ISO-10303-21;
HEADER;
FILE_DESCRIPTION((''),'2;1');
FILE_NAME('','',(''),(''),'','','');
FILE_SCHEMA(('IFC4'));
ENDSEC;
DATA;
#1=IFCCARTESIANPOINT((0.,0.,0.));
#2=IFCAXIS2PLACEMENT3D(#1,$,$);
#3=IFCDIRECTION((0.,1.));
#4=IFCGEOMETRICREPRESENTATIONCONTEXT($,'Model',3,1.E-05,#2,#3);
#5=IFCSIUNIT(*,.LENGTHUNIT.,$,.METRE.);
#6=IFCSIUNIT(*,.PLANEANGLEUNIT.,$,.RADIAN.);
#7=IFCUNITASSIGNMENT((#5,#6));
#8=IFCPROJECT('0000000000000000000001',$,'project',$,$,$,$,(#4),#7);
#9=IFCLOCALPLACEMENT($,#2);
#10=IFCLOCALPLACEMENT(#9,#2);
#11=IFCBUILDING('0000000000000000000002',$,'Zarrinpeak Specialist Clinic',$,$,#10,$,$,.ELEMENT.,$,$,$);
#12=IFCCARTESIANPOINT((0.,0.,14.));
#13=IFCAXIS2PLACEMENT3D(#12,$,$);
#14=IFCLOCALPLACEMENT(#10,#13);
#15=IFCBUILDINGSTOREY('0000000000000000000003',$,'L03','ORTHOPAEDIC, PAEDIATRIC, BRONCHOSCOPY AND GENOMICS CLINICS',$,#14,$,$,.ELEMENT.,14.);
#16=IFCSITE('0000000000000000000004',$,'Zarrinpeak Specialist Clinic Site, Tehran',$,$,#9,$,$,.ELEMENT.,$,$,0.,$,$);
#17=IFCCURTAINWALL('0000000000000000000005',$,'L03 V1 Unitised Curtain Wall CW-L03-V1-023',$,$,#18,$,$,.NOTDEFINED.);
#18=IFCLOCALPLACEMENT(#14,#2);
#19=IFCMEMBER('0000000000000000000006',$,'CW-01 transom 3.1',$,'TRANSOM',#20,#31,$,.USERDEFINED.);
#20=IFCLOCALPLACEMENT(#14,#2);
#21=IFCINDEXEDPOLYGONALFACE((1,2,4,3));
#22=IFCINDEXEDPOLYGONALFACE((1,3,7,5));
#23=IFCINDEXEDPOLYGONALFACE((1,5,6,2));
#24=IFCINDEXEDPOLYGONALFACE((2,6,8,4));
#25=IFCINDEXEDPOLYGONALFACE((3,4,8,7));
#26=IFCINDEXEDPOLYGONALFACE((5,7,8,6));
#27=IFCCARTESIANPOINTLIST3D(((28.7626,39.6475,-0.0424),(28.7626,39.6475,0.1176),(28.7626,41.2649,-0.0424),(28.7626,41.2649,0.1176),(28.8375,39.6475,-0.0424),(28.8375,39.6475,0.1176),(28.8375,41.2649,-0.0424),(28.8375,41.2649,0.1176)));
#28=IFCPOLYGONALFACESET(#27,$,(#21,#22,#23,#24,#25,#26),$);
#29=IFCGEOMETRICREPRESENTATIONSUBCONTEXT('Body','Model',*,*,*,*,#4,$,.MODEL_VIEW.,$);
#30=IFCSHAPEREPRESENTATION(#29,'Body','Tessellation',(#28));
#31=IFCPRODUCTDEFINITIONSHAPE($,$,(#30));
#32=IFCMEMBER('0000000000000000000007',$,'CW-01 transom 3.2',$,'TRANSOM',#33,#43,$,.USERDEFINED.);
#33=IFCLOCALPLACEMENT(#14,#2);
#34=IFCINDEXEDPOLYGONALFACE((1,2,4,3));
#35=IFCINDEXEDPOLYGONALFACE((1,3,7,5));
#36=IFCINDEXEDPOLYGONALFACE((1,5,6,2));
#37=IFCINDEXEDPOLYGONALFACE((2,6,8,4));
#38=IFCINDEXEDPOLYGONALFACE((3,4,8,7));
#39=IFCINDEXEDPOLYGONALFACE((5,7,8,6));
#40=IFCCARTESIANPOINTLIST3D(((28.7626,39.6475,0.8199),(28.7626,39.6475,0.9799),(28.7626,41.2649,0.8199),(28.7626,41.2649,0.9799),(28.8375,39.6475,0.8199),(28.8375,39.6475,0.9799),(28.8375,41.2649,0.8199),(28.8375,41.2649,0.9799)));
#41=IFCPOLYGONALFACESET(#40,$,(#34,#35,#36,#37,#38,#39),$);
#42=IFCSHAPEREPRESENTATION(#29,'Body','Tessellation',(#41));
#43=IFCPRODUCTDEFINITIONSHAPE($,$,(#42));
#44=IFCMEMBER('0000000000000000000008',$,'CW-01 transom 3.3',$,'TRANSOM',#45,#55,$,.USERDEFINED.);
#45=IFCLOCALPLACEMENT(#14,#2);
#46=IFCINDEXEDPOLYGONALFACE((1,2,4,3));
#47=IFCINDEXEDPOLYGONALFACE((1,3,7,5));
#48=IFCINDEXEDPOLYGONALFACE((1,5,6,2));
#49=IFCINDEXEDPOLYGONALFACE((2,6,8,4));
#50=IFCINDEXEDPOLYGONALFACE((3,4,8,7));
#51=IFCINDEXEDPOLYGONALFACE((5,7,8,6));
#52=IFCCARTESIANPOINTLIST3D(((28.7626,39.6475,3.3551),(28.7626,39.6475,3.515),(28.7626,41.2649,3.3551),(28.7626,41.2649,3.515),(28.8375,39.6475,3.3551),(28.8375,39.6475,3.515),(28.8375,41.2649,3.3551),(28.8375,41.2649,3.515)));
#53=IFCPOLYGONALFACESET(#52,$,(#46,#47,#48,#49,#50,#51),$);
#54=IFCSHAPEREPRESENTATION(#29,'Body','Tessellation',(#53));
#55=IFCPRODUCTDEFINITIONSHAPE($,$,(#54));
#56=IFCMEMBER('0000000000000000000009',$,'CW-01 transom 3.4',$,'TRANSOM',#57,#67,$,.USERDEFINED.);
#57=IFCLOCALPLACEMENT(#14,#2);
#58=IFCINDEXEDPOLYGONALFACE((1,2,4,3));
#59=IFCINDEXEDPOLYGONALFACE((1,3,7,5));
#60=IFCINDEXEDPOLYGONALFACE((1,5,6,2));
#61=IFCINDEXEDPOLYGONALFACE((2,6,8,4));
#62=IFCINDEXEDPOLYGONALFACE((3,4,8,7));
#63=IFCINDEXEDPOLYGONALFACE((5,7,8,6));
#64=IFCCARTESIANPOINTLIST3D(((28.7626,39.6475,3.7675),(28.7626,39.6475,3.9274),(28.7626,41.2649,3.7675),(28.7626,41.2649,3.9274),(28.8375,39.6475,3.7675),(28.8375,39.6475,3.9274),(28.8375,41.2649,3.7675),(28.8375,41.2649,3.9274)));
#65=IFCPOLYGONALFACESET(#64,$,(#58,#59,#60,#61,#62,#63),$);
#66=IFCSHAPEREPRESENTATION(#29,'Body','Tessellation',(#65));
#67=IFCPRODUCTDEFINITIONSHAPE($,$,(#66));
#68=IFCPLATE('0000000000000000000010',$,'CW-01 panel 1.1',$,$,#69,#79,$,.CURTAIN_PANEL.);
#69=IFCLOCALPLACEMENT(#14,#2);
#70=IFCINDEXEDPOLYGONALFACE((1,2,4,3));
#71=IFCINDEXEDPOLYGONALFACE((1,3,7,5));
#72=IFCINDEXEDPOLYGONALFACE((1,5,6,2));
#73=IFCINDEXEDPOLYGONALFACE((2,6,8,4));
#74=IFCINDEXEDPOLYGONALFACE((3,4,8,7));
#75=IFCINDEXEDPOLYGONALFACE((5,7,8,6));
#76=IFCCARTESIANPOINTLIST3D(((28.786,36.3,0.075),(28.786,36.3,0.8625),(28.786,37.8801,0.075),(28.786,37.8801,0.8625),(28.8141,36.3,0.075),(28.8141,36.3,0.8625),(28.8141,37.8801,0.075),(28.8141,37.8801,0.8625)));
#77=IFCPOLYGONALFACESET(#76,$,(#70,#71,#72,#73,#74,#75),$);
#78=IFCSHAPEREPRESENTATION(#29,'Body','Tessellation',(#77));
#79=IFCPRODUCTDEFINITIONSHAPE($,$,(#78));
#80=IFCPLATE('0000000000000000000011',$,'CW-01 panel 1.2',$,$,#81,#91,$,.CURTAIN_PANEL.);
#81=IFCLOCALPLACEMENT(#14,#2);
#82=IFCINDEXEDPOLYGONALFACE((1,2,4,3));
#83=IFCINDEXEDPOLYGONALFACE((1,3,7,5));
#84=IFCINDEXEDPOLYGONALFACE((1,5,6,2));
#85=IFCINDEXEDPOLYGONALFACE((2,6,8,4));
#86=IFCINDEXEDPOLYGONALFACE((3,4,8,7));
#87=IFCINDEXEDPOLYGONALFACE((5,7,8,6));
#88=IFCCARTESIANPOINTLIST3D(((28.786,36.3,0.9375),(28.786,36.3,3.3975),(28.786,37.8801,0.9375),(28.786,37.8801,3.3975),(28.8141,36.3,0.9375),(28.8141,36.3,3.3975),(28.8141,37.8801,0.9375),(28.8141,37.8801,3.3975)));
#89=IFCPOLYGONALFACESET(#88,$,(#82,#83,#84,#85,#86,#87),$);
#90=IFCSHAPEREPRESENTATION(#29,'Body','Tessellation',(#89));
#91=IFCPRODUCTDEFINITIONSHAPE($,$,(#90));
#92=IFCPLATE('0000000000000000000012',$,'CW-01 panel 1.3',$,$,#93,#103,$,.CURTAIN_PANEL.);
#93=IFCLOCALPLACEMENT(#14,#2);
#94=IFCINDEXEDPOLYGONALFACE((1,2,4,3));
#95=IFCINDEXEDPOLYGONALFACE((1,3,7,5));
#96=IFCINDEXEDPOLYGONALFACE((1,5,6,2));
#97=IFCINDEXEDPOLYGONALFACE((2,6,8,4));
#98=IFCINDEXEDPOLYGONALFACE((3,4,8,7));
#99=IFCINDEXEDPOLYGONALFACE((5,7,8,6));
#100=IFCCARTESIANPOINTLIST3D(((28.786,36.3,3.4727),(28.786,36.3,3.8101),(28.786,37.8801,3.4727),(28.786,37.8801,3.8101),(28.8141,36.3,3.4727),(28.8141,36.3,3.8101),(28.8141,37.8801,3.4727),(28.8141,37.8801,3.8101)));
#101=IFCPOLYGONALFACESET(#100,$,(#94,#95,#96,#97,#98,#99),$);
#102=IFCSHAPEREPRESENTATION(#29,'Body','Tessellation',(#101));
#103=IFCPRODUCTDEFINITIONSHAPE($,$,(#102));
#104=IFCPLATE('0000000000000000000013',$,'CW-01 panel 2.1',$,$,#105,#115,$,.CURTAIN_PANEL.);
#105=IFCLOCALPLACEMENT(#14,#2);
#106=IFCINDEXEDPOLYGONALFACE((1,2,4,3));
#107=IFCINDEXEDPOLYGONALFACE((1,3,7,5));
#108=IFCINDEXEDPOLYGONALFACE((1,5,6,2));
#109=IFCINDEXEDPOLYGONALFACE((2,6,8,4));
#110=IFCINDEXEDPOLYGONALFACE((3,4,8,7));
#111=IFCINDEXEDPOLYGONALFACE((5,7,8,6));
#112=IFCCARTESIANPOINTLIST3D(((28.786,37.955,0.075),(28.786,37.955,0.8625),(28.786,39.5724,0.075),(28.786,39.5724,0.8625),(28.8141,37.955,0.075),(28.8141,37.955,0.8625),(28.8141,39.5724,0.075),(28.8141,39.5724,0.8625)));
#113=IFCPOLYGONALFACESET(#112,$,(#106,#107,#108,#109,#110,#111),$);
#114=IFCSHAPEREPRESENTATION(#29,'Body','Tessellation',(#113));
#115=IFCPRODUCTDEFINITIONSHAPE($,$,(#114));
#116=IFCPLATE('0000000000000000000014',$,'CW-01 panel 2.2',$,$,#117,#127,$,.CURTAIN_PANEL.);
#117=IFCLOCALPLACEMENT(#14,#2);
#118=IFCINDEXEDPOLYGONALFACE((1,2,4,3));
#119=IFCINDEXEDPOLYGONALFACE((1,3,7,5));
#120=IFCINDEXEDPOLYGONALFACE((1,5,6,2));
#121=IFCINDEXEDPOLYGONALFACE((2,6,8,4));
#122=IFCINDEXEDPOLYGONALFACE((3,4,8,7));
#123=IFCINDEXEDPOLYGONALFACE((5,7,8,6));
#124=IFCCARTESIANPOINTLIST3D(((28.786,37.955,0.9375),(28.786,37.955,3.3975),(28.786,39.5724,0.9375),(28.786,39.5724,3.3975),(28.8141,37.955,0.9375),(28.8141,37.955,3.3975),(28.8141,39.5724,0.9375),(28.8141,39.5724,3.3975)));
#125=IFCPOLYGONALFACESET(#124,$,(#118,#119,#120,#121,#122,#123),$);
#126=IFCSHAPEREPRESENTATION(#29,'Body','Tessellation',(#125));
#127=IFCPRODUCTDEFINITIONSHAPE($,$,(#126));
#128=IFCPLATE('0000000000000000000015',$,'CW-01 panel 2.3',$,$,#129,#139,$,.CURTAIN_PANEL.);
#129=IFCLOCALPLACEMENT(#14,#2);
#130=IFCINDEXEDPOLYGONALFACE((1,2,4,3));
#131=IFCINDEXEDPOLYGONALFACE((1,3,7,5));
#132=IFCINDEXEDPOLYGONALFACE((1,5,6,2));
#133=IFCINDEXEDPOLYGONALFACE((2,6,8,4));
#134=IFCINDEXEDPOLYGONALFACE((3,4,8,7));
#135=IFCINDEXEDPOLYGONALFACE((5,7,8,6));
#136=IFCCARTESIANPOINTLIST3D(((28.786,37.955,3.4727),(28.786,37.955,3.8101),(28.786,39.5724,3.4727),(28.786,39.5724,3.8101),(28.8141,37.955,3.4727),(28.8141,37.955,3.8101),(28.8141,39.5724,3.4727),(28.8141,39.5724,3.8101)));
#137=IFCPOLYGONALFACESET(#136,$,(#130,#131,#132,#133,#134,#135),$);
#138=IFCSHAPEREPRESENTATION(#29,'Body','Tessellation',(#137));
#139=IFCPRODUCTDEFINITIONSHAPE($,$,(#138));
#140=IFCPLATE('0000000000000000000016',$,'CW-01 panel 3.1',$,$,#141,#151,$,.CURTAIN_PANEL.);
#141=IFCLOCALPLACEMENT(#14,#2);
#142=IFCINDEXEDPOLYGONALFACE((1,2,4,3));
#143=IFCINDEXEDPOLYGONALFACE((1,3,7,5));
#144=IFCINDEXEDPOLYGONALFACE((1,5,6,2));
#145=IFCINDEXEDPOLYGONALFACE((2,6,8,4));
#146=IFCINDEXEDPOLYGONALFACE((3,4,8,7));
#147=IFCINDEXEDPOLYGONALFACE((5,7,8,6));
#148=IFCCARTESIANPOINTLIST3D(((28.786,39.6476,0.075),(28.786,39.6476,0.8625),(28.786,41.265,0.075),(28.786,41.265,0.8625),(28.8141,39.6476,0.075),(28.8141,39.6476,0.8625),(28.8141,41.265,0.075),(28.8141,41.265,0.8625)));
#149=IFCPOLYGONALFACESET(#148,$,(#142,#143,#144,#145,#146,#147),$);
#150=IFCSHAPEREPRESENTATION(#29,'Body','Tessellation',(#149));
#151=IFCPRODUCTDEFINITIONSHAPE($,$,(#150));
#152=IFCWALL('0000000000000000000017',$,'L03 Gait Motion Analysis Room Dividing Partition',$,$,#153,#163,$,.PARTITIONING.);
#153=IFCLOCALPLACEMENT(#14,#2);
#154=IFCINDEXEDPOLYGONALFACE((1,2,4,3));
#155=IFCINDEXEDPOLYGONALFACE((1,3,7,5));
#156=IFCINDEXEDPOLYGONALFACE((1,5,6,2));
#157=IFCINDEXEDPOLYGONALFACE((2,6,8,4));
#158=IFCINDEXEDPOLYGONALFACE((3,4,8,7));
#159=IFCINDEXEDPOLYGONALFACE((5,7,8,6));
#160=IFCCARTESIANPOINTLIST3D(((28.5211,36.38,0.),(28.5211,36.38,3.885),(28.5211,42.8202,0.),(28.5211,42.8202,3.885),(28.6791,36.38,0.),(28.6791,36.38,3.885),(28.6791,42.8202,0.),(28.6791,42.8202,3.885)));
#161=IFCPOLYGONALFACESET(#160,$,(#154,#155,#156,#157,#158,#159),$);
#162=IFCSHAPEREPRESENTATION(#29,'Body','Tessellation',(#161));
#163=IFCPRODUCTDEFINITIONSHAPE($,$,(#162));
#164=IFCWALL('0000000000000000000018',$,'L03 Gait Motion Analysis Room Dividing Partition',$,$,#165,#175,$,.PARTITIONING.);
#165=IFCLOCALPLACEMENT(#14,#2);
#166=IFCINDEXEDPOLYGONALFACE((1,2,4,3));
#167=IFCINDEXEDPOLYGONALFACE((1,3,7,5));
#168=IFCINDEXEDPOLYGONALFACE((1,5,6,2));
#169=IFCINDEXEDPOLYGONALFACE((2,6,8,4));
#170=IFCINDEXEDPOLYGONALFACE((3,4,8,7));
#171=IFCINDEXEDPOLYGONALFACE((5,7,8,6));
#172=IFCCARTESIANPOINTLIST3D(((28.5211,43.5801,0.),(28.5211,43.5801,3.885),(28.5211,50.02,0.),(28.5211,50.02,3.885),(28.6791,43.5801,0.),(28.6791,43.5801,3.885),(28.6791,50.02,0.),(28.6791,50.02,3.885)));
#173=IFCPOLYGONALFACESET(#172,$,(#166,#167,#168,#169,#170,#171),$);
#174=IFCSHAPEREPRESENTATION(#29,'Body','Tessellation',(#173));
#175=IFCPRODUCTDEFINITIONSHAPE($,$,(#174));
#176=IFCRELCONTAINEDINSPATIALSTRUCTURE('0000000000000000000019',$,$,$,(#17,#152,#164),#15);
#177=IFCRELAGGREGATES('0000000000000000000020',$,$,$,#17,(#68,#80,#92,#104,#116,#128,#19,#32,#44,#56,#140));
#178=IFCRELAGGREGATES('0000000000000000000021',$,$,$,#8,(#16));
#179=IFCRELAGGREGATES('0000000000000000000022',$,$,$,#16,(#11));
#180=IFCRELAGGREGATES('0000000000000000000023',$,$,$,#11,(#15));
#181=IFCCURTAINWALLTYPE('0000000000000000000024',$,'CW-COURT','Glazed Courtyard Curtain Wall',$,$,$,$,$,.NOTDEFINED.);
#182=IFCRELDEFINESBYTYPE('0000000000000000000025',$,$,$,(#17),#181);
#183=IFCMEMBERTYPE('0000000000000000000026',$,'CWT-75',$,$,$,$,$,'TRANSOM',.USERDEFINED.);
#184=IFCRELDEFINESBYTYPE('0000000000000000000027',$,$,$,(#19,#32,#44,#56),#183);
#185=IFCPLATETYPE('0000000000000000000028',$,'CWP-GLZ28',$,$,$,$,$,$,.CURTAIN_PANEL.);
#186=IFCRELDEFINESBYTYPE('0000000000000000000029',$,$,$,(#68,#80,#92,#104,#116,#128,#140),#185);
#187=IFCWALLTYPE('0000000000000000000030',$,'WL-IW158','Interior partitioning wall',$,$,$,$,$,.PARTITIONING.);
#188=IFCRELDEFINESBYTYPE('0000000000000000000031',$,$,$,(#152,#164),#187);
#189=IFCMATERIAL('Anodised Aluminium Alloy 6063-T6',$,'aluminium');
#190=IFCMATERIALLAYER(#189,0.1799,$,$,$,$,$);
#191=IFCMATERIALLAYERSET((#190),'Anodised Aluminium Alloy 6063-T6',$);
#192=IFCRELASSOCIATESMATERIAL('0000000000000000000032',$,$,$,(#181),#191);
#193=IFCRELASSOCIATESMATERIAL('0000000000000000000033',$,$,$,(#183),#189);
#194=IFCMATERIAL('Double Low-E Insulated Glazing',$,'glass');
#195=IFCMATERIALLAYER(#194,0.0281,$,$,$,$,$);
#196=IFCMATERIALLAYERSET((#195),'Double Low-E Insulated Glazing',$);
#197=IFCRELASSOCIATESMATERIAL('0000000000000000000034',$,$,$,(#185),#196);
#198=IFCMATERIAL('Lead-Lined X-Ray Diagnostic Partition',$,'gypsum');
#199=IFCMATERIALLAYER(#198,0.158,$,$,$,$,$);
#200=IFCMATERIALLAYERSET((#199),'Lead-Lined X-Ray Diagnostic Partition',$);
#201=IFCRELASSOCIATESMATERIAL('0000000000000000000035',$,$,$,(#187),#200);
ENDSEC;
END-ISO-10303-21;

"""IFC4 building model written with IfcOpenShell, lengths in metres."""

from ifc_helpers import new_model, si_unit, direction, frame, frame_2d, origin, origin_2d, place, context, subcontext, project, spatial, rectangle, extrude, material, layer, layer_set, material_profile, profile_set, type_object, element, aggregate, save


model = new_model("IFC4")

# Units and contexts
model_context = context("Model", 3, precision=1e-05, world=origin(), true_north=direction((0.0, 1.0)))
body_context = subcontext(model_context, "Body", "Model", "MODEL_VIEW")
ifc_project = project(units=[si_unit("LENGTHUNIT", "METRE"), si_unit("PLANEANGLEUNIT", "RADIAN")], contexts=[model_context])

# Site, building, storey
site_placement = place(None, origin())
site = spatial("IfcSite", under=ifc_project, at=site_placement, Name="Zarrinpeak Specialist Clinic Site, Tehran", CompositionType="ELEMENT", RefElevation=0.0)
building_placement = place(site_placement, origin())
building = spatial("IfcBuilding", under=site, at=building_placement, Name="Zarrinpeak Specialist Clinic", CompositionType="ELEMENT")
storey_placement = place(building_placement, frame((0.0, 0.0, 14.0)))
storey = spatial("IfcBuildingStorey", under=building, at=storey_placement, Name="L03", Description="ORTHOPAEDIC, PAEDIATRIC, BRONCHOSCOPY AND GENOMICS CLINICS", CompositionType="ELEMENT", Elevation=14.0)

# Curtain wall, members, plates
ifc_material_1 = material(Name="Anodised Aluminium Alloy 6063-T6", Category="aluminium")
ifc_layer_1 = layer(ifc_material_1, 0.1799)
ifc_layer_set_1 = layer_set([ifc_layer_1], Name="Anodised Aluminium Alloy 6063-T6")
curtain_wall_type = type_object("IfcCurtainWallType", Name="CW-COURT", Description="Glazed Courtyard Curtain Wall", PredefinedType="NOTDEFINED", material=ifc_layer_set_1)
curtain_wall_placement = place(storey_placement, origin())
curtain_wall = element("IfcCurtainWall", 1, at=curtain_wall_placement, inside=storey, type_object=curtain_wall_type, Name="L03 V1 Unitised Curtain Wall CW-L03-V1-023", PredefinedType="NOTDEFINED")
ifc_material_profile_1 = material_profile(ifc_material_1, rectangle(XDim=0.075, YDim=0.1599, at=origin_2d()), Name="ALU 75x160")
ifc_profile_set_1 = profile_set([ifc_material_profile_1], Name="Anodised Aluminium Alloy 6063-T6")
member_type_1 = type_object("IfcMemberType", Name="CWT-75", ElementType="TRANSOM", PredefinedType="USERDEFINED", material=ifc_profile_set_1)
member_1_placement = place(storey_placement, frame((28.8, 39.6475, 0.0376), z_axis=(0.0, 1.0, 0.0), x_axis=(-1.0, 0.0, 0.0)))
member_1 = element("IfcMember", 2, at=member_1_placement, type_object=member_type_1, Name="CW-01 transom 3.1", ObjectType="TRANSOM", PredefinedType="USERDEFINED", context=body_context, shape_type="SweptSolid", body=[
    extrude(rectangle(XDim=0.075, YDim=0.1599, at=origin_2d()), origin(), (0.0, 0.0, 1.0), 1.6174),
])
member_2_placement = place(storey_placement, frame((28.8, 39.6475, 0.8999), z_axis=(0.0, 1.0, 0.0), x_axis=(-1.0, 0.0, 0.0)))
member_2 = element("IfcMember", 3, at=member_2_placement, type_object=member_type_1, Name="CW-01 transom 3.2", ObjectType="TRANSOM", PredefinedType="USERDEFINED", context=body_context, shape_type="SweptSolid", body=[
    extrude(rectangle(XDim=0.075, YDim=0.1599, at=origin_2d()), origin(), (0.0, 0.0, 1.0), 1.6174),
])
member_3_placement = place(storey_placement, frame((28.8, 39.6475, 3.4351), z_axis=(0.0, 1.0, 0.0), x_axis=(-1.0, 0.0, 0.0)))
member_3 = element("IfcMember", 4, at=member_3_placement, type_object=member_type_1, Name="CW-01 transom 3.3", ObjectType="TRANSOM", PredefinedType="USERDEFINED", context=body_context, shape_type="SweptSolid", body=[
    extrude(rectangle(XDim=0.075, YDim=0.1599, at=origin_2d()), origin(), (0.0, 0.0, 1.0), 1.6174),
])
member_4_placement = place(storey_placement, frame((28.8, 39.6475, 3.8474), z_axis=(0.0, 1.0, 0.0), x_axis=(-1.0, 0.0, 0.0)))
member_4 = element("IfcMember", 5, at=member_4_placement, type_object=member_type_1, Name="CW-01 transom 3.4", ObjectType="TRANSOM", PredefinedType="USERDEFINED", context=body_context, shape_type="SweptSolid", body=[
    extrude(rectangle(XDim=0.075, YDim=0.1599, at=origin_2d()), origin(), (0.0, 0.0, 1.0), 1.6174),
])
ifc_material_2 = material(Name="Double Low-E Insulated Glazing", Category="glass")
ifc_layer_2 = layer(ifc_material_2, 0.0281)
ifc_layer_set_2 = layer_set([ifc_layer_2], Name="Double Low-E Insulated Glazing")
plate_type = type_object("IfcPlateType", Name="CWP-GLZ28", PredefinedType="CURTAIN_PANEL", material=ifc_layer_set_2)
plate_1_placement = place(storey_placement, frame((28.8, 37.0901, 0.075), z_axis=(0.0, 0.0, 1.0), x_axis=(0.0, 1.0, 0.0)))
plate_1 = element("IfcPlate", 6, at=plate_1_placement, type_object=plate_type, Name="CW-01 panel 1.1", PredefinedType="CURTAIN_PANEL", context=body_context, shape_type="SweptSolid", body=[
    extrude(rectangle(XDim=1.5801, YDim=0.0281, at=origin_2d()), origin(), (0.0, 0.0, 1.0), 0.7876),
])
plate_2_placement = place(storey_placement, frame((28.8, 37.0901, 0.9375), z_axis=(0.0, 0.0, 1.0), x_axis=(0.0, 1.0, 0.0)))
plate_2 = element("IfcPlate", 7, at=plate_2_placement, type_object=plate_type, Name="CW-01 panel 1.2", PredefinedType="CURTAIN_PANEL", context=body_context, shape_type="SweptSolid", body=[
    extrude(rectangle(XDim=1.5801, YDim=0.0281, at=origin_2d()), origin(), (0.0, 0.0, 1.0), 2.46),
])
plate_3_placement = place(storey_placement, frame((28.8, 37.0901, 3.4727), z_axis=(0.0, 0.0, 1.0), x_axis=(0.0, 1.0, 0.0)))
plate_3 = element("IfcPlate", 8, at=plate_3_placement, type_object=plate_type, Name="CW-01 panel 1.3", PredefinedType="CURTAIN_PANEL", context=body_context, shape_type="SweptSolid", body=[
    extrude(rectangle(XDim=1.5801, YDim=0.0281, at=origin_2d()), origin(), (0.0, 0.0, 1.0), 0.3374),
])
plate_4_placement = place(storey_placement, frame((28.8, 38.7637, 0.075), z_axis=(0.0, 0.0, 1.0), x_axis=(0.0, 1.0, 0.0)))
plate_4 = element("IfcPlate", 9, at=plate_4_placement, type_object=plate_type, Name="CW-01 panel 2.1", PredefinedType="CURTAIN_PANEL", context=body_context, shape_type="SweptSolid", body=[
    extrude(rectangle(XDim=1.6174, YDim=0.0281, at=origin_2d()), origin(), (0.0, 0.0, 1.0), 0.7876),
])
plate_5_placement = place(storey_placement, frame((28.8, 38.7637, 0.9375), z_axis=(0.0, 0.0, 1.0), x_axis=(0.0, 1.0, 0.0)))
plate_5 = element("IfcPlate", 10, at=plate_5_placement, type_object=plate_type, Name="CW-01 panel 2.2", PredefinedType="CURTAIN_PANEL", context=body_context, shape_type="SweptSolid", body=[
    extrude(rectangle(XDim=1.6174, YDim=0.0281, at=origin_2d()), origin(), (0.0, 0.0, 1.0), 2.46),
])
plate_6_placement = place(storey_placement, frame((28.8, 38.7637, 3.4727), z_axis=(0.0, 0.0, 1.0), x_axis=(0.0, 1.0, 0.0)))
plate_6 = element("IfcPlate", 11, at=plate_6_placement, type_object=plate_type, Name="CW-01 panel 2.3", PredefinedType="CURTAIN_PANEL", context=body_context, shape_type="SweptSolid", body=[
    extrude(rectangle(XDim=1.6174, YDim=0.0281, at=origin_2d()), origin(), (0.0, 0.0, 1.0), 0.3374),
])
plate_7_placement = place(storey_placement, frame((28.8, 40.4563, 0.075), z_axis=(0.0, 0.0, 1.0), x_axis=(0.0, 1.0, 0.0)))
plate_7 = element("IfcPlate", 12, at=plate_7_placement, type_object=plate_type, Name="CW-01 panel 3.1", PredefinedType="CURTAIN_PANEL", context=body_context, shape_type="SweptSolid", body=[
    extrude(rectangle(XDim=1.6174, YDim=0.0281, at=origin_2d()), origin(), (0.0, 0.0, 1.0), 0.7876),
])
aggregate(curtain_wall, [plate_1, plate_2, plate_3, plate_4, plate_5, plate_6, member_1, member_2, member_3, member_4, plate_7])

# Walls
ifc_material_3 = material(Name="Lead-Lined X-Ray Diagnostic Partition", Category="gypsum")
ifc_layer_3 = layer(ifc_material_3, 0.158)
ifc_layer_set_3 = layer_set([ifc_layer_3], Name="Lead-Lined X-Ray Diagnostic Partition")
wall_type = type_object("IfcWallType", Name="WL-IW158", Description="Interior partitioning wall", PredefinedType="PARTITIONING", material=ifc_layer_set_3)
wall_1_placement = place(storey_placement, frame((28.6001, 36.3799, 0.0), z_axis=(0.0, 0.0, 1.0), x_axis=(0.0, 1.0, 0.0)))
element("IfcWall", 13, at=wall_1_placement, inside=storey, type_object=wall_type, Name="L03 Gait Motion Analysis Room Dividing Partition", PredefinedType="PARTITIONING", context=body_context, shape_type="SweptSolid", body=[
    extrude(rectangle(XDim=6.4402, YDim=0.158, at=frame_2d((3.2202, 0.0))), origin(), (0.0, 0.0, 1.0), 3.885),
])
wall_2_placement = place(storey_placement, frame((28.6001, 43.5801, 0.0), z_axis=(0.0, 0.0, 1.0), x_axis=(0.0, 1.0, 0.0)))
element("IfcWall", 14, at=wall_2_placement, inside=storey, type_object=wall_type, Name="L03 Gait Motion Analysis Room Dividing Partition", PredefinedType="PARTITIONING", context=body_context, shape_type="SweptSolid", body=[
    extrude(rectangle(XDim=6.4399, YDim=0.158, at=frame_2d((3.22, 0.0))), origin(), (0.0, 0.0, 1.0), 3.885),
])

save(model, "model.ifc")
